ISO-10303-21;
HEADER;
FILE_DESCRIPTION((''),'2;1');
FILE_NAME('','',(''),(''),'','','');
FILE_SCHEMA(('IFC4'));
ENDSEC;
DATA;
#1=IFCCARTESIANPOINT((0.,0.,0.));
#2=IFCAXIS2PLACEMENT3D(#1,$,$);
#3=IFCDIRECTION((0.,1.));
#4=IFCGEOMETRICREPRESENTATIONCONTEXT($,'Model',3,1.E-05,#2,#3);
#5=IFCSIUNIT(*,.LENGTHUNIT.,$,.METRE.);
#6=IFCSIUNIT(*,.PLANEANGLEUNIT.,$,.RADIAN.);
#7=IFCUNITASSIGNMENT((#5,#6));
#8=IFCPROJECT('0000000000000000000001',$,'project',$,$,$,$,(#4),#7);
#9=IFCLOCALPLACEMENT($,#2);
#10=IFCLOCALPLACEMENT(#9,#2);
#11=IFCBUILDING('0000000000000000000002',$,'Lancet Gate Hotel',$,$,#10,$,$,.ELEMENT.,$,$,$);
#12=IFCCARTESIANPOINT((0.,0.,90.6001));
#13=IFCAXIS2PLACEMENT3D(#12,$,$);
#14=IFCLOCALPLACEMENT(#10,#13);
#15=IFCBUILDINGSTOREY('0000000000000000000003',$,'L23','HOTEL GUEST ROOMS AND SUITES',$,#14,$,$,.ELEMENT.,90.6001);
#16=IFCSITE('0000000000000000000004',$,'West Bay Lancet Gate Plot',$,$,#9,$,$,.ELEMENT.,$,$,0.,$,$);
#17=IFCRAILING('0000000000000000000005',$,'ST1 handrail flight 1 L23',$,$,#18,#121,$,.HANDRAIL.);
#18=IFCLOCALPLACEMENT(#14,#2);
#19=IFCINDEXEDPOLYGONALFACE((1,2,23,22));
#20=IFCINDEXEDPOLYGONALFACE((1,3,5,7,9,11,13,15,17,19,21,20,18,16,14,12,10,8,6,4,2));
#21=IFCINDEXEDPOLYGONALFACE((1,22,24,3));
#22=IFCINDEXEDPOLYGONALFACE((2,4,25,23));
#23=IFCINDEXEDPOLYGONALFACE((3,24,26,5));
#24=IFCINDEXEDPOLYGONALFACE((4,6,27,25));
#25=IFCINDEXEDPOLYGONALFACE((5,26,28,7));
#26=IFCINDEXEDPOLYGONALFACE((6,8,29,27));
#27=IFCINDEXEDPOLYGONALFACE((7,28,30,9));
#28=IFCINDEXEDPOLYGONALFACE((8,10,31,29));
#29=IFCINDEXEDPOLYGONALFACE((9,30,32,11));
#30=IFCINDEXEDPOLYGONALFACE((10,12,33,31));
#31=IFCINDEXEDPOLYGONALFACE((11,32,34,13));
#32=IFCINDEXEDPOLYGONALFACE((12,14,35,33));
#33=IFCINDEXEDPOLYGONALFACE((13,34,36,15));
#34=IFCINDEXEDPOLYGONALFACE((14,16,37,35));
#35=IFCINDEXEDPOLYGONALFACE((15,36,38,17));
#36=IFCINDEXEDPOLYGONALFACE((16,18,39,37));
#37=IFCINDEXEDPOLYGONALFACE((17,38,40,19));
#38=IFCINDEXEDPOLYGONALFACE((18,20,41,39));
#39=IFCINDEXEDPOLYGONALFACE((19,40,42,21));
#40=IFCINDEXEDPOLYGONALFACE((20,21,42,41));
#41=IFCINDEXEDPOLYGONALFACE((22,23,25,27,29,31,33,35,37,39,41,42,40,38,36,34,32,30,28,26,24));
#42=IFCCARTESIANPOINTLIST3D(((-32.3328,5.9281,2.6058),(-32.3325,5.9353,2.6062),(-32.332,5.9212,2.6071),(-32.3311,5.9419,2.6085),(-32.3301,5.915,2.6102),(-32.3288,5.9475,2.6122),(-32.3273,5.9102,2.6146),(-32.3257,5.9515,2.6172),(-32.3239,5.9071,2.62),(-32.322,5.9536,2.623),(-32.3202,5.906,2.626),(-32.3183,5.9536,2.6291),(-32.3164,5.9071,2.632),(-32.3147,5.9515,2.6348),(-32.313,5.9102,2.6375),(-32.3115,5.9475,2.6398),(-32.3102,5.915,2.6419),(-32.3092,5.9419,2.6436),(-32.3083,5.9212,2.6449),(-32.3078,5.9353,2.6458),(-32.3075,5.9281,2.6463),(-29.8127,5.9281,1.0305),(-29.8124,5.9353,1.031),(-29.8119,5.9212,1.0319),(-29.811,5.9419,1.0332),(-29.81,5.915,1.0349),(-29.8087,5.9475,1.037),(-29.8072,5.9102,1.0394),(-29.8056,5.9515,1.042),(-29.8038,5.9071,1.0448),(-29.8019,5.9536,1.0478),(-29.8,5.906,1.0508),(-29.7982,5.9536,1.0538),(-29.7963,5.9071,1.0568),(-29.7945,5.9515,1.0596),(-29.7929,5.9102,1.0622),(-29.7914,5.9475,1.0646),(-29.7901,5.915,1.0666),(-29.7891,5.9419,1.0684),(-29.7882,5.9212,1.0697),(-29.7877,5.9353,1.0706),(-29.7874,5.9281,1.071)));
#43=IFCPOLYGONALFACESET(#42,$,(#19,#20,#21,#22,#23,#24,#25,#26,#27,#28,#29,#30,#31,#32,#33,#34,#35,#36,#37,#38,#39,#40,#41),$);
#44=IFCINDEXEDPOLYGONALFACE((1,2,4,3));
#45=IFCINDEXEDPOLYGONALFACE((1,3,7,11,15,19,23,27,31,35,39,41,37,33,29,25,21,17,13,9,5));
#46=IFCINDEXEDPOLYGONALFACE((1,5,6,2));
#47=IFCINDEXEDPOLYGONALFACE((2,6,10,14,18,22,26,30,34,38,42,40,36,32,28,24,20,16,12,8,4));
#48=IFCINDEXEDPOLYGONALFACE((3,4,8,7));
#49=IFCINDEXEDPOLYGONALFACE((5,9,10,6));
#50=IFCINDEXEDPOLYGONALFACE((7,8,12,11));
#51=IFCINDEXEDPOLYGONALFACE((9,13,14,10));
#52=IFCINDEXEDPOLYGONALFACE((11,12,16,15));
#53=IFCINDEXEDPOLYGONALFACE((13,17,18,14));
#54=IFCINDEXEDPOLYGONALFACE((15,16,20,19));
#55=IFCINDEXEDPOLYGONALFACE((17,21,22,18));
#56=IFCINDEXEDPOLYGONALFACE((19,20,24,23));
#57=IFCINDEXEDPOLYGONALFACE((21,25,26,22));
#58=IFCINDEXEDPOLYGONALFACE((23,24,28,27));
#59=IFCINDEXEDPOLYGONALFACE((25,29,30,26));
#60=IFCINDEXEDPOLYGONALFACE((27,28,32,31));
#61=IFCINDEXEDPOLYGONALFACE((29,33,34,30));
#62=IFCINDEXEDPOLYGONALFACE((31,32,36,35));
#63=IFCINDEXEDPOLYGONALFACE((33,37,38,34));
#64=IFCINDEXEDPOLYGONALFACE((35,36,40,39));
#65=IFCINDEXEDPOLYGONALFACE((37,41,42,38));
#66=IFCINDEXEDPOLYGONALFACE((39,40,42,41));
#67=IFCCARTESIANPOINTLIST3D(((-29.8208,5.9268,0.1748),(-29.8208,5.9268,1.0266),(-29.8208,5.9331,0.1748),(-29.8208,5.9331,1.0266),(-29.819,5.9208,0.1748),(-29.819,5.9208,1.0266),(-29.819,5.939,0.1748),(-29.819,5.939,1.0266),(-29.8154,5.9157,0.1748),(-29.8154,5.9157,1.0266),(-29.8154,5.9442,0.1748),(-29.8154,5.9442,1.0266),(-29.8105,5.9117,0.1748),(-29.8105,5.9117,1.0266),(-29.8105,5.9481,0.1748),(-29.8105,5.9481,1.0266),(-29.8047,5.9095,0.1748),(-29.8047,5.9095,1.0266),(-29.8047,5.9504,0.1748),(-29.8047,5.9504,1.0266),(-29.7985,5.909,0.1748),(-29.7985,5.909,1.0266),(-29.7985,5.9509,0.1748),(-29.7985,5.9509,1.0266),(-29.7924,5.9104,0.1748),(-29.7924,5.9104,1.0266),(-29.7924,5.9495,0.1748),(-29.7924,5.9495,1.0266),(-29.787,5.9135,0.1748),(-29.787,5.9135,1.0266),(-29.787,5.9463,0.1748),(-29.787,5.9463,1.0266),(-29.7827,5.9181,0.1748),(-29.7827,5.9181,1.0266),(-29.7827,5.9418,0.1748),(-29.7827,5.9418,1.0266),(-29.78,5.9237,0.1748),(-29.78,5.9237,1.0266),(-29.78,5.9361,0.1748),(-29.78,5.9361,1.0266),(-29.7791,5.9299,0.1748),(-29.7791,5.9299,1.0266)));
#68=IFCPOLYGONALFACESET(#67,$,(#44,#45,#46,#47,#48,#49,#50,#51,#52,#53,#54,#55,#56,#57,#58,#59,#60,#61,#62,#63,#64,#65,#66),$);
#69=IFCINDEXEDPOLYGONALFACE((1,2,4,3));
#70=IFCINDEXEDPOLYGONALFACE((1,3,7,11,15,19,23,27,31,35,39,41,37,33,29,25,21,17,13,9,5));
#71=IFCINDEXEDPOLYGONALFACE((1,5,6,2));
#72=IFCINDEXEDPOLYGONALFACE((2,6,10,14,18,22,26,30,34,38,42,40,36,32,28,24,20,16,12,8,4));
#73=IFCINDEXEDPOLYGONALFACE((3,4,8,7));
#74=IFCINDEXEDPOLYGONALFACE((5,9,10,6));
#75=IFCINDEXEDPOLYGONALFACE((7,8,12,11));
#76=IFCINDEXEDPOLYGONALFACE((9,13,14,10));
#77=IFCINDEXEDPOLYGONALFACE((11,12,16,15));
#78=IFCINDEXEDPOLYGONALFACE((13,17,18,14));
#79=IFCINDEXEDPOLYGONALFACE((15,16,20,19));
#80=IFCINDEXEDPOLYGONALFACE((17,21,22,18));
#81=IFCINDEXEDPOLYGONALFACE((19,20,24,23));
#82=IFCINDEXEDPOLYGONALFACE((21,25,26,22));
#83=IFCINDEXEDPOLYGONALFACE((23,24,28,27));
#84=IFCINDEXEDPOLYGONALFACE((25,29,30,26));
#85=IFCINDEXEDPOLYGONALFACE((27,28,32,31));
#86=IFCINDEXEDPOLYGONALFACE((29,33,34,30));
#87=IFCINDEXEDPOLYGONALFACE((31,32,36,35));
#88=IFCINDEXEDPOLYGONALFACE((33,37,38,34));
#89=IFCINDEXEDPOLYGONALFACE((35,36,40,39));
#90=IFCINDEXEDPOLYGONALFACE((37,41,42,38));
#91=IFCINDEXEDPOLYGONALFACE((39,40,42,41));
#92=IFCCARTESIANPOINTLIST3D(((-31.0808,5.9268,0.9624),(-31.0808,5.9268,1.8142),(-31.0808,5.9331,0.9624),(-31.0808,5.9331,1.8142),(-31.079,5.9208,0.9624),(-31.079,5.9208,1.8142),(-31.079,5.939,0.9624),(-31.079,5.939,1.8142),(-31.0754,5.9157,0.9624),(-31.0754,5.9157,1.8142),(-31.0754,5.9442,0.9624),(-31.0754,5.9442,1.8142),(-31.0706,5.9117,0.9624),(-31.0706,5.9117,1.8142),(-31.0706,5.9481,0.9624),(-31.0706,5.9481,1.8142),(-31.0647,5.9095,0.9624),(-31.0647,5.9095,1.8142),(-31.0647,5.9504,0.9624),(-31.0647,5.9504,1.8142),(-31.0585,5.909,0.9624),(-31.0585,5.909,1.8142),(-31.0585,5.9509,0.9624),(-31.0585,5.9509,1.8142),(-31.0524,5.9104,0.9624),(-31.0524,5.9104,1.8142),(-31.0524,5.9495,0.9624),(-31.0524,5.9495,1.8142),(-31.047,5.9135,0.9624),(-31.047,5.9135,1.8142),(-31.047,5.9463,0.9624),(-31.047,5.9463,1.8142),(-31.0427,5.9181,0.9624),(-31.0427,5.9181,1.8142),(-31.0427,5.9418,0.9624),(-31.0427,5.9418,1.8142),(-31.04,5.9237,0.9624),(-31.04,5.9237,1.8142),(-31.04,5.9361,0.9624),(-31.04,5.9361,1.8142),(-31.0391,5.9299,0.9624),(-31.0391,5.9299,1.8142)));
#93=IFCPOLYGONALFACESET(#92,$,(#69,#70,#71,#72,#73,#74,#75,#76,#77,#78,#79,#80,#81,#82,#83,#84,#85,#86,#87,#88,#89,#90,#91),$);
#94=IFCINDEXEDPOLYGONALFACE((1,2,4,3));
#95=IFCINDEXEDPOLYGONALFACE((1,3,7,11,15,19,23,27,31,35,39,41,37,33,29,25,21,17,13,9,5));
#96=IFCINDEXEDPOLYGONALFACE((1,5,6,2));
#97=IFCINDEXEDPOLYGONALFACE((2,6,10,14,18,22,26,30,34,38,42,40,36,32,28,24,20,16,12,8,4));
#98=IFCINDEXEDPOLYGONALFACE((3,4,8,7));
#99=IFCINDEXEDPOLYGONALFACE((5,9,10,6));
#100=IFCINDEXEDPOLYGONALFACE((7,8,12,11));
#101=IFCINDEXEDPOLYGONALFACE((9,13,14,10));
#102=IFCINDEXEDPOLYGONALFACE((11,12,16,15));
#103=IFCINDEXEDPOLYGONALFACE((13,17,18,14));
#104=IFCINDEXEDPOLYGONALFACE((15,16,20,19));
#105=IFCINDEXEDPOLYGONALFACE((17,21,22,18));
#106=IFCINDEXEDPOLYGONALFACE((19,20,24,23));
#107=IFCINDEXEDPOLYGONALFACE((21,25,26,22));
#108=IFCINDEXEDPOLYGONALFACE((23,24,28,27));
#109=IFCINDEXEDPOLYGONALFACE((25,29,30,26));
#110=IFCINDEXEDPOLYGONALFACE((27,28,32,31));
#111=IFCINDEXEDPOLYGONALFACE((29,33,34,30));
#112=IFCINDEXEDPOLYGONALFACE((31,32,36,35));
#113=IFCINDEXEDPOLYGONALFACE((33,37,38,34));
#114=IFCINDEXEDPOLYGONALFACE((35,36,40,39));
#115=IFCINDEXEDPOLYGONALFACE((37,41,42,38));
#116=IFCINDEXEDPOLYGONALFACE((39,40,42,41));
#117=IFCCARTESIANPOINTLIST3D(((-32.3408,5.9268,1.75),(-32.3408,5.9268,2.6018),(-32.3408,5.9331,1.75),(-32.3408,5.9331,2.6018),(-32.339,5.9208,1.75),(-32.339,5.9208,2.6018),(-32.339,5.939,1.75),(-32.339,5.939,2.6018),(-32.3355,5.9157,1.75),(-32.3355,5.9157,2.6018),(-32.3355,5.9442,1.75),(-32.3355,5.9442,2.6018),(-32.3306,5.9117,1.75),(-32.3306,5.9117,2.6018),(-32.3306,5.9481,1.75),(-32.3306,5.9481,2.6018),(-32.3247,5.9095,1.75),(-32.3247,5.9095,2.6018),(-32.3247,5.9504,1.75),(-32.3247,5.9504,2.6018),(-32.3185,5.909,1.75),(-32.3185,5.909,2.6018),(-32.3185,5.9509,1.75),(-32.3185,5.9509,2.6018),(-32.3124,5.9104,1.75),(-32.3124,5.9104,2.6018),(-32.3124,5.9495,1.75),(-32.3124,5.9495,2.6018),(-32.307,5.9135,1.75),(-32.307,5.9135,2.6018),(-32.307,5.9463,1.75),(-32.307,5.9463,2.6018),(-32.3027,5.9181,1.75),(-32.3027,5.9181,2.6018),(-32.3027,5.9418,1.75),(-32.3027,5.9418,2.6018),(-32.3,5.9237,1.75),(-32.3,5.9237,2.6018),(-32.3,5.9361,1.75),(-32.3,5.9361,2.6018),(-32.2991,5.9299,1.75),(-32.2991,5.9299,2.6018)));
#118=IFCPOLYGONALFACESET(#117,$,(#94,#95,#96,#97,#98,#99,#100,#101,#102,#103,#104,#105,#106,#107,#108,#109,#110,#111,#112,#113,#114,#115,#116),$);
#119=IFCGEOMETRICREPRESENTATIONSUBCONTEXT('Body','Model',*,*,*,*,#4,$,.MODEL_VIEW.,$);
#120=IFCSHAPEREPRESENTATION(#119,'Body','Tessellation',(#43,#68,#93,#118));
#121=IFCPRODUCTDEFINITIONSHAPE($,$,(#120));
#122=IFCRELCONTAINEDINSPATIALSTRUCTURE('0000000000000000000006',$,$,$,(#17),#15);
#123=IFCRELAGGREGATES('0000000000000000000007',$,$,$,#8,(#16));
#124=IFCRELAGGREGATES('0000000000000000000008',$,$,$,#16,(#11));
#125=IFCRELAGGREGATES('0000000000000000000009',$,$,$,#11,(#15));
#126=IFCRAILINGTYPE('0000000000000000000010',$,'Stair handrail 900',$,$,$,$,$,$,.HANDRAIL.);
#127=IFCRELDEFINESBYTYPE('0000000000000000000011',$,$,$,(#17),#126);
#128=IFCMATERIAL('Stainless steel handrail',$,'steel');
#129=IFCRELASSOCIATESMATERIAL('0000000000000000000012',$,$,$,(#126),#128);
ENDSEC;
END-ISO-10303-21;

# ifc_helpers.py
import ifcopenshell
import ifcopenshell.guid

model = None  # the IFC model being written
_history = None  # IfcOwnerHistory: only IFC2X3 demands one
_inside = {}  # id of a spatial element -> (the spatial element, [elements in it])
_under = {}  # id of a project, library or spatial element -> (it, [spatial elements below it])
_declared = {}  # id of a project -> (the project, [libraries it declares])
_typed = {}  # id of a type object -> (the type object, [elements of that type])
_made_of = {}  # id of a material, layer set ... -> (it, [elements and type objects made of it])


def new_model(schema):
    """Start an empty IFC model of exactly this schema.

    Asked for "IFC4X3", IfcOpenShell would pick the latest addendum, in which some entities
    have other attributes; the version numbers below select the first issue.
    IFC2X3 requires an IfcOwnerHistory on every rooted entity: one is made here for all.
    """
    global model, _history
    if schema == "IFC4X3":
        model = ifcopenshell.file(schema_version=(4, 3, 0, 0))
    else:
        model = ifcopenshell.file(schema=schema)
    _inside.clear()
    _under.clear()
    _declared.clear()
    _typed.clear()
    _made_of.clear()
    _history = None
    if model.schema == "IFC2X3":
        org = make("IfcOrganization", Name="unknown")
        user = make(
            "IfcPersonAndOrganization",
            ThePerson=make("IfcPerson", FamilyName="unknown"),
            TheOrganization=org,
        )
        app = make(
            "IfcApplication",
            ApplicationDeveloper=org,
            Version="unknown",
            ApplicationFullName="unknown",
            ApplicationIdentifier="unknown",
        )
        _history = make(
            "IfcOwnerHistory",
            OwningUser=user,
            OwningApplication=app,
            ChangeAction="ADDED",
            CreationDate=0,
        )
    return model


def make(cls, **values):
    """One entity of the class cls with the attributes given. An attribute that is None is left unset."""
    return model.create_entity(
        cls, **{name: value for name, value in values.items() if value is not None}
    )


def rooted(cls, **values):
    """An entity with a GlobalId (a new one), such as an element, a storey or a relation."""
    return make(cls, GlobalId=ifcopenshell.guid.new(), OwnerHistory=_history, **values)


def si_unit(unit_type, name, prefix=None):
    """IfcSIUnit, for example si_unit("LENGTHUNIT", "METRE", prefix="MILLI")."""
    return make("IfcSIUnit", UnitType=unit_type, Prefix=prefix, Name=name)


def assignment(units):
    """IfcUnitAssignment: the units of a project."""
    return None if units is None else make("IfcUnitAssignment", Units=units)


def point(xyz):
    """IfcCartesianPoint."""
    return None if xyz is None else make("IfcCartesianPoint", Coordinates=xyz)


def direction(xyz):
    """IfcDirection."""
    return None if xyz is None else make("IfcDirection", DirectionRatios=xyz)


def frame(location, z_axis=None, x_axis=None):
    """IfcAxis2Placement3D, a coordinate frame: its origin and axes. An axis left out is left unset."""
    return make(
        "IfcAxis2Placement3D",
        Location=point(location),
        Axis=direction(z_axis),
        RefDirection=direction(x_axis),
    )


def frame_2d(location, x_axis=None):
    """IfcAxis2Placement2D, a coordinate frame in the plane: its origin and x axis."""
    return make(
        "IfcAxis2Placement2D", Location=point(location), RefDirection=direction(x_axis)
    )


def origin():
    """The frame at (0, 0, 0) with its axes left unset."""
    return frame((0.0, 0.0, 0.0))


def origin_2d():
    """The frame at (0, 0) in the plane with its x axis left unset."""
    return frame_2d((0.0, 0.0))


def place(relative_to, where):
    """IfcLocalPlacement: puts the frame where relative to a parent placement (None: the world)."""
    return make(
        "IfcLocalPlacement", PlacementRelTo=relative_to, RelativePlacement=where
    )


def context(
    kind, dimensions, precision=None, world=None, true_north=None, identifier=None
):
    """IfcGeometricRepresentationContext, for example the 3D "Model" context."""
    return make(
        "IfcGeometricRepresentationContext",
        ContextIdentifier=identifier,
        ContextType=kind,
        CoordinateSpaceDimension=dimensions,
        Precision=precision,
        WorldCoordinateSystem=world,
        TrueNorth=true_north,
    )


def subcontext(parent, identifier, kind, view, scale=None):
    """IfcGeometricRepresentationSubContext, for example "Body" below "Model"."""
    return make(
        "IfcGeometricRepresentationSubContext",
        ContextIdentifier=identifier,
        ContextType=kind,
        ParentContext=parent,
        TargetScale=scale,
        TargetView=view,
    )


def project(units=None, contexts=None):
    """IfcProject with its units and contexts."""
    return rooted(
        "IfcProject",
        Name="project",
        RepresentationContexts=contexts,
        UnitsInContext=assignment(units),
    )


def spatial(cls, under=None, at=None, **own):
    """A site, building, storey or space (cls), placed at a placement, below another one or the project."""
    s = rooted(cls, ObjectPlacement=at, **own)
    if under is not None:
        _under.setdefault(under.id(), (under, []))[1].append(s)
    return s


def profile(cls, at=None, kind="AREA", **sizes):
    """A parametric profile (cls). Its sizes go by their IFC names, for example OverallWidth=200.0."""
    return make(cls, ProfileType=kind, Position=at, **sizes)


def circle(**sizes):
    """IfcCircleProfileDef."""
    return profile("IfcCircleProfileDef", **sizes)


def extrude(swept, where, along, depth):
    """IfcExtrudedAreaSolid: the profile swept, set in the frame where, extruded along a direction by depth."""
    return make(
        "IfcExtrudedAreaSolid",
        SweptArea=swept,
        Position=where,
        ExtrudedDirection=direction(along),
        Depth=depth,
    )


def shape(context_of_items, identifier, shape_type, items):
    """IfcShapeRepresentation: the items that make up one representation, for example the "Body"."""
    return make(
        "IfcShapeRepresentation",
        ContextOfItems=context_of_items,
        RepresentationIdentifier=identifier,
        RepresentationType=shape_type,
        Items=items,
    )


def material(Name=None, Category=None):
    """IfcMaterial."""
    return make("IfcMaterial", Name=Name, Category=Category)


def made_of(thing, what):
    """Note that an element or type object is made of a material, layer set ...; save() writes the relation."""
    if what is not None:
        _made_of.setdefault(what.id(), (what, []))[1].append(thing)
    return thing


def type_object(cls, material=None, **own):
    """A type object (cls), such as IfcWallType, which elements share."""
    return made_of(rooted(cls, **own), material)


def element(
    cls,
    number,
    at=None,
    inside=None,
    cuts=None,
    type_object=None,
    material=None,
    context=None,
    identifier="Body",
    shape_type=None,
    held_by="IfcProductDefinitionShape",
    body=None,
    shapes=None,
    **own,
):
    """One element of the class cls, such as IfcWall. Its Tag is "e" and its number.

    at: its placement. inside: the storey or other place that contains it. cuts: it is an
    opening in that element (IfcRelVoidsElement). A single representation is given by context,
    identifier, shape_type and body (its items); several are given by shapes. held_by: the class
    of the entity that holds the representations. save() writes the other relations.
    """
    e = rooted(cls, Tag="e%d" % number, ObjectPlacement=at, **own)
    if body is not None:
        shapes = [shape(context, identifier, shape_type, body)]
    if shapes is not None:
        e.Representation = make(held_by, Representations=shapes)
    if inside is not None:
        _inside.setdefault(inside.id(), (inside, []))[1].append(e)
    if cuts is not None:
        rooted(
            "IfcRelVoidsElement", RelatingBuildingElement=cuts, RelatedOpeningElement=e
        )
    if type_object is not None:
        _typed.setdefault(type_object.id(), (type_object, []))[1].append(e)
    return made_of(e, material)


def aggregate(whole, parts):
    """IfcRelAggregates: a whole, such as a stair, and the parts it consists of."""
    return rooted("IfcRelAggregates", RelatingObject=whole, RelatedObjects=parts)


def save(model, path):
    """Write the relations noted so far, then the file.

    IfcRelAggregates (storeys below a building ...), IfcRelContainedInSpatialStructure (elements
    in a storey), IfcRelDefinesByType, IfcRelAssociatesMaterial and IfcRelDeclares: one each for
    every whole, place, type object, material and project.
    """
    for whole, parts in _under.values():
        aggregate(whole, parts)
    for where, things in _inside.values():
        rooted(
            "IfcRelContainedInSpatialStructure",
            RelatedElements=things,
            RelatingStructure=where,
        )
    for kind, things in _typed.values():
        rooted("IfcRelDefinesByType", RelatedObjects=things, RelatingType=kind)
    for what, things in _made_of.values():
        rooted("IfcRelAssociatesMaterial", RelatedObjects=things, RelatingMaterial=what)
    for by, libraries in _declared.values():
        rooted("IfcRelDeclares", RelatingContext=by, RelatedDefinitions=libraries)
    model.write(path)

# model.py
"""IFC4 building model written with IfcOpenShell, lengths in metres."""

from ifc_helpers import new_model, si_unit, direction, frame, origin, origin_2d, place, context, subcontext, project, spatial, circle, extrude, material, type_object, element, save


model = new_model("IFC4")

# Units and contexts
model_context = context("Model", 3, precision=1e-05, world=origin(), true_north=direction((0.0, 1.0)))
body_context = subcontext(model_context, "Body", "Model", "MODEL_VIEW")
ifc_project = project(units=[si_unit("LENGTHUNIT", "METRE"), si_unit("PLANEANGLEUNIT", "RADIAN")], contexts=[model_context])

# Site, building, storey
site_placement = place(None, origin())
site = spatial("IfcSite", under=ifc_project, at=site_placement, Name="West Bay Lancet Gate Plot", CompositionType="ELEMENT", RefElevation=0.0)
building_placement = place(site_placement, origin())
building = spatial("IfcBuilding", under=site, at=building_placement, Name="Lancet Gate Hotel", CompositionType="ELEMENT")
storey_placement = place(building_placement, frame((0.0, 0.0, 90.6001)))
storey = spatial("IfcBuildingStorey", under=building, at=storey_placement, Name="L23", Description="HOTEL GUEST ROOMS AND SUITES", CompositionType="ELEMENT", Elevation=90.6001)

# Railing
ifc_material_1 = material(Name="Stainless steel handrail", Category="steel")
railing_type = type_object("IfcRailingType", Name="Stair handrail 900", PredefinedType="HANDRAIL", material=ifc_material_1)
railing_1_placement = place(storey_placement, frame((-29.8, 5.9299, 0.1748)))
element("IfcRailing", 1, at=railing_1_placement, inside=storey, type_object=railing_type, Name="ST1 handrail flight 1 L23", PredefinedType="HANDRAIL", context=body_context, shape_type="SweptSolid", body=[
    extrude(circle(Radius=0.0239, at=origin_2d()), frame((0.0, 0.0, 0.876), z_axis=(-0.847971, 0.0, 0.530043), x_axis=(0.0, -1.0, 0.0)), (0.0, 0.0, 1.0), 2.9719),
    extrude(circle(Radius=0.021, at=origin_2d()), origin(), (0.0, 0.0, 1.0), 0.8518),
    extrude(circle(Radius=0.021, at=origin_2d()), frame((-1.26, 0.0, 0.7876)), (0.0, 0.0, 1.0), 0.8518),
    extrude(circle(Radius=0.021, at=origin_2d()), frame((-2.52, 0.0, 1.5752)), (0.0, 0.0, 1.0), 0.8518),
])

save(model, "model.ifc")
